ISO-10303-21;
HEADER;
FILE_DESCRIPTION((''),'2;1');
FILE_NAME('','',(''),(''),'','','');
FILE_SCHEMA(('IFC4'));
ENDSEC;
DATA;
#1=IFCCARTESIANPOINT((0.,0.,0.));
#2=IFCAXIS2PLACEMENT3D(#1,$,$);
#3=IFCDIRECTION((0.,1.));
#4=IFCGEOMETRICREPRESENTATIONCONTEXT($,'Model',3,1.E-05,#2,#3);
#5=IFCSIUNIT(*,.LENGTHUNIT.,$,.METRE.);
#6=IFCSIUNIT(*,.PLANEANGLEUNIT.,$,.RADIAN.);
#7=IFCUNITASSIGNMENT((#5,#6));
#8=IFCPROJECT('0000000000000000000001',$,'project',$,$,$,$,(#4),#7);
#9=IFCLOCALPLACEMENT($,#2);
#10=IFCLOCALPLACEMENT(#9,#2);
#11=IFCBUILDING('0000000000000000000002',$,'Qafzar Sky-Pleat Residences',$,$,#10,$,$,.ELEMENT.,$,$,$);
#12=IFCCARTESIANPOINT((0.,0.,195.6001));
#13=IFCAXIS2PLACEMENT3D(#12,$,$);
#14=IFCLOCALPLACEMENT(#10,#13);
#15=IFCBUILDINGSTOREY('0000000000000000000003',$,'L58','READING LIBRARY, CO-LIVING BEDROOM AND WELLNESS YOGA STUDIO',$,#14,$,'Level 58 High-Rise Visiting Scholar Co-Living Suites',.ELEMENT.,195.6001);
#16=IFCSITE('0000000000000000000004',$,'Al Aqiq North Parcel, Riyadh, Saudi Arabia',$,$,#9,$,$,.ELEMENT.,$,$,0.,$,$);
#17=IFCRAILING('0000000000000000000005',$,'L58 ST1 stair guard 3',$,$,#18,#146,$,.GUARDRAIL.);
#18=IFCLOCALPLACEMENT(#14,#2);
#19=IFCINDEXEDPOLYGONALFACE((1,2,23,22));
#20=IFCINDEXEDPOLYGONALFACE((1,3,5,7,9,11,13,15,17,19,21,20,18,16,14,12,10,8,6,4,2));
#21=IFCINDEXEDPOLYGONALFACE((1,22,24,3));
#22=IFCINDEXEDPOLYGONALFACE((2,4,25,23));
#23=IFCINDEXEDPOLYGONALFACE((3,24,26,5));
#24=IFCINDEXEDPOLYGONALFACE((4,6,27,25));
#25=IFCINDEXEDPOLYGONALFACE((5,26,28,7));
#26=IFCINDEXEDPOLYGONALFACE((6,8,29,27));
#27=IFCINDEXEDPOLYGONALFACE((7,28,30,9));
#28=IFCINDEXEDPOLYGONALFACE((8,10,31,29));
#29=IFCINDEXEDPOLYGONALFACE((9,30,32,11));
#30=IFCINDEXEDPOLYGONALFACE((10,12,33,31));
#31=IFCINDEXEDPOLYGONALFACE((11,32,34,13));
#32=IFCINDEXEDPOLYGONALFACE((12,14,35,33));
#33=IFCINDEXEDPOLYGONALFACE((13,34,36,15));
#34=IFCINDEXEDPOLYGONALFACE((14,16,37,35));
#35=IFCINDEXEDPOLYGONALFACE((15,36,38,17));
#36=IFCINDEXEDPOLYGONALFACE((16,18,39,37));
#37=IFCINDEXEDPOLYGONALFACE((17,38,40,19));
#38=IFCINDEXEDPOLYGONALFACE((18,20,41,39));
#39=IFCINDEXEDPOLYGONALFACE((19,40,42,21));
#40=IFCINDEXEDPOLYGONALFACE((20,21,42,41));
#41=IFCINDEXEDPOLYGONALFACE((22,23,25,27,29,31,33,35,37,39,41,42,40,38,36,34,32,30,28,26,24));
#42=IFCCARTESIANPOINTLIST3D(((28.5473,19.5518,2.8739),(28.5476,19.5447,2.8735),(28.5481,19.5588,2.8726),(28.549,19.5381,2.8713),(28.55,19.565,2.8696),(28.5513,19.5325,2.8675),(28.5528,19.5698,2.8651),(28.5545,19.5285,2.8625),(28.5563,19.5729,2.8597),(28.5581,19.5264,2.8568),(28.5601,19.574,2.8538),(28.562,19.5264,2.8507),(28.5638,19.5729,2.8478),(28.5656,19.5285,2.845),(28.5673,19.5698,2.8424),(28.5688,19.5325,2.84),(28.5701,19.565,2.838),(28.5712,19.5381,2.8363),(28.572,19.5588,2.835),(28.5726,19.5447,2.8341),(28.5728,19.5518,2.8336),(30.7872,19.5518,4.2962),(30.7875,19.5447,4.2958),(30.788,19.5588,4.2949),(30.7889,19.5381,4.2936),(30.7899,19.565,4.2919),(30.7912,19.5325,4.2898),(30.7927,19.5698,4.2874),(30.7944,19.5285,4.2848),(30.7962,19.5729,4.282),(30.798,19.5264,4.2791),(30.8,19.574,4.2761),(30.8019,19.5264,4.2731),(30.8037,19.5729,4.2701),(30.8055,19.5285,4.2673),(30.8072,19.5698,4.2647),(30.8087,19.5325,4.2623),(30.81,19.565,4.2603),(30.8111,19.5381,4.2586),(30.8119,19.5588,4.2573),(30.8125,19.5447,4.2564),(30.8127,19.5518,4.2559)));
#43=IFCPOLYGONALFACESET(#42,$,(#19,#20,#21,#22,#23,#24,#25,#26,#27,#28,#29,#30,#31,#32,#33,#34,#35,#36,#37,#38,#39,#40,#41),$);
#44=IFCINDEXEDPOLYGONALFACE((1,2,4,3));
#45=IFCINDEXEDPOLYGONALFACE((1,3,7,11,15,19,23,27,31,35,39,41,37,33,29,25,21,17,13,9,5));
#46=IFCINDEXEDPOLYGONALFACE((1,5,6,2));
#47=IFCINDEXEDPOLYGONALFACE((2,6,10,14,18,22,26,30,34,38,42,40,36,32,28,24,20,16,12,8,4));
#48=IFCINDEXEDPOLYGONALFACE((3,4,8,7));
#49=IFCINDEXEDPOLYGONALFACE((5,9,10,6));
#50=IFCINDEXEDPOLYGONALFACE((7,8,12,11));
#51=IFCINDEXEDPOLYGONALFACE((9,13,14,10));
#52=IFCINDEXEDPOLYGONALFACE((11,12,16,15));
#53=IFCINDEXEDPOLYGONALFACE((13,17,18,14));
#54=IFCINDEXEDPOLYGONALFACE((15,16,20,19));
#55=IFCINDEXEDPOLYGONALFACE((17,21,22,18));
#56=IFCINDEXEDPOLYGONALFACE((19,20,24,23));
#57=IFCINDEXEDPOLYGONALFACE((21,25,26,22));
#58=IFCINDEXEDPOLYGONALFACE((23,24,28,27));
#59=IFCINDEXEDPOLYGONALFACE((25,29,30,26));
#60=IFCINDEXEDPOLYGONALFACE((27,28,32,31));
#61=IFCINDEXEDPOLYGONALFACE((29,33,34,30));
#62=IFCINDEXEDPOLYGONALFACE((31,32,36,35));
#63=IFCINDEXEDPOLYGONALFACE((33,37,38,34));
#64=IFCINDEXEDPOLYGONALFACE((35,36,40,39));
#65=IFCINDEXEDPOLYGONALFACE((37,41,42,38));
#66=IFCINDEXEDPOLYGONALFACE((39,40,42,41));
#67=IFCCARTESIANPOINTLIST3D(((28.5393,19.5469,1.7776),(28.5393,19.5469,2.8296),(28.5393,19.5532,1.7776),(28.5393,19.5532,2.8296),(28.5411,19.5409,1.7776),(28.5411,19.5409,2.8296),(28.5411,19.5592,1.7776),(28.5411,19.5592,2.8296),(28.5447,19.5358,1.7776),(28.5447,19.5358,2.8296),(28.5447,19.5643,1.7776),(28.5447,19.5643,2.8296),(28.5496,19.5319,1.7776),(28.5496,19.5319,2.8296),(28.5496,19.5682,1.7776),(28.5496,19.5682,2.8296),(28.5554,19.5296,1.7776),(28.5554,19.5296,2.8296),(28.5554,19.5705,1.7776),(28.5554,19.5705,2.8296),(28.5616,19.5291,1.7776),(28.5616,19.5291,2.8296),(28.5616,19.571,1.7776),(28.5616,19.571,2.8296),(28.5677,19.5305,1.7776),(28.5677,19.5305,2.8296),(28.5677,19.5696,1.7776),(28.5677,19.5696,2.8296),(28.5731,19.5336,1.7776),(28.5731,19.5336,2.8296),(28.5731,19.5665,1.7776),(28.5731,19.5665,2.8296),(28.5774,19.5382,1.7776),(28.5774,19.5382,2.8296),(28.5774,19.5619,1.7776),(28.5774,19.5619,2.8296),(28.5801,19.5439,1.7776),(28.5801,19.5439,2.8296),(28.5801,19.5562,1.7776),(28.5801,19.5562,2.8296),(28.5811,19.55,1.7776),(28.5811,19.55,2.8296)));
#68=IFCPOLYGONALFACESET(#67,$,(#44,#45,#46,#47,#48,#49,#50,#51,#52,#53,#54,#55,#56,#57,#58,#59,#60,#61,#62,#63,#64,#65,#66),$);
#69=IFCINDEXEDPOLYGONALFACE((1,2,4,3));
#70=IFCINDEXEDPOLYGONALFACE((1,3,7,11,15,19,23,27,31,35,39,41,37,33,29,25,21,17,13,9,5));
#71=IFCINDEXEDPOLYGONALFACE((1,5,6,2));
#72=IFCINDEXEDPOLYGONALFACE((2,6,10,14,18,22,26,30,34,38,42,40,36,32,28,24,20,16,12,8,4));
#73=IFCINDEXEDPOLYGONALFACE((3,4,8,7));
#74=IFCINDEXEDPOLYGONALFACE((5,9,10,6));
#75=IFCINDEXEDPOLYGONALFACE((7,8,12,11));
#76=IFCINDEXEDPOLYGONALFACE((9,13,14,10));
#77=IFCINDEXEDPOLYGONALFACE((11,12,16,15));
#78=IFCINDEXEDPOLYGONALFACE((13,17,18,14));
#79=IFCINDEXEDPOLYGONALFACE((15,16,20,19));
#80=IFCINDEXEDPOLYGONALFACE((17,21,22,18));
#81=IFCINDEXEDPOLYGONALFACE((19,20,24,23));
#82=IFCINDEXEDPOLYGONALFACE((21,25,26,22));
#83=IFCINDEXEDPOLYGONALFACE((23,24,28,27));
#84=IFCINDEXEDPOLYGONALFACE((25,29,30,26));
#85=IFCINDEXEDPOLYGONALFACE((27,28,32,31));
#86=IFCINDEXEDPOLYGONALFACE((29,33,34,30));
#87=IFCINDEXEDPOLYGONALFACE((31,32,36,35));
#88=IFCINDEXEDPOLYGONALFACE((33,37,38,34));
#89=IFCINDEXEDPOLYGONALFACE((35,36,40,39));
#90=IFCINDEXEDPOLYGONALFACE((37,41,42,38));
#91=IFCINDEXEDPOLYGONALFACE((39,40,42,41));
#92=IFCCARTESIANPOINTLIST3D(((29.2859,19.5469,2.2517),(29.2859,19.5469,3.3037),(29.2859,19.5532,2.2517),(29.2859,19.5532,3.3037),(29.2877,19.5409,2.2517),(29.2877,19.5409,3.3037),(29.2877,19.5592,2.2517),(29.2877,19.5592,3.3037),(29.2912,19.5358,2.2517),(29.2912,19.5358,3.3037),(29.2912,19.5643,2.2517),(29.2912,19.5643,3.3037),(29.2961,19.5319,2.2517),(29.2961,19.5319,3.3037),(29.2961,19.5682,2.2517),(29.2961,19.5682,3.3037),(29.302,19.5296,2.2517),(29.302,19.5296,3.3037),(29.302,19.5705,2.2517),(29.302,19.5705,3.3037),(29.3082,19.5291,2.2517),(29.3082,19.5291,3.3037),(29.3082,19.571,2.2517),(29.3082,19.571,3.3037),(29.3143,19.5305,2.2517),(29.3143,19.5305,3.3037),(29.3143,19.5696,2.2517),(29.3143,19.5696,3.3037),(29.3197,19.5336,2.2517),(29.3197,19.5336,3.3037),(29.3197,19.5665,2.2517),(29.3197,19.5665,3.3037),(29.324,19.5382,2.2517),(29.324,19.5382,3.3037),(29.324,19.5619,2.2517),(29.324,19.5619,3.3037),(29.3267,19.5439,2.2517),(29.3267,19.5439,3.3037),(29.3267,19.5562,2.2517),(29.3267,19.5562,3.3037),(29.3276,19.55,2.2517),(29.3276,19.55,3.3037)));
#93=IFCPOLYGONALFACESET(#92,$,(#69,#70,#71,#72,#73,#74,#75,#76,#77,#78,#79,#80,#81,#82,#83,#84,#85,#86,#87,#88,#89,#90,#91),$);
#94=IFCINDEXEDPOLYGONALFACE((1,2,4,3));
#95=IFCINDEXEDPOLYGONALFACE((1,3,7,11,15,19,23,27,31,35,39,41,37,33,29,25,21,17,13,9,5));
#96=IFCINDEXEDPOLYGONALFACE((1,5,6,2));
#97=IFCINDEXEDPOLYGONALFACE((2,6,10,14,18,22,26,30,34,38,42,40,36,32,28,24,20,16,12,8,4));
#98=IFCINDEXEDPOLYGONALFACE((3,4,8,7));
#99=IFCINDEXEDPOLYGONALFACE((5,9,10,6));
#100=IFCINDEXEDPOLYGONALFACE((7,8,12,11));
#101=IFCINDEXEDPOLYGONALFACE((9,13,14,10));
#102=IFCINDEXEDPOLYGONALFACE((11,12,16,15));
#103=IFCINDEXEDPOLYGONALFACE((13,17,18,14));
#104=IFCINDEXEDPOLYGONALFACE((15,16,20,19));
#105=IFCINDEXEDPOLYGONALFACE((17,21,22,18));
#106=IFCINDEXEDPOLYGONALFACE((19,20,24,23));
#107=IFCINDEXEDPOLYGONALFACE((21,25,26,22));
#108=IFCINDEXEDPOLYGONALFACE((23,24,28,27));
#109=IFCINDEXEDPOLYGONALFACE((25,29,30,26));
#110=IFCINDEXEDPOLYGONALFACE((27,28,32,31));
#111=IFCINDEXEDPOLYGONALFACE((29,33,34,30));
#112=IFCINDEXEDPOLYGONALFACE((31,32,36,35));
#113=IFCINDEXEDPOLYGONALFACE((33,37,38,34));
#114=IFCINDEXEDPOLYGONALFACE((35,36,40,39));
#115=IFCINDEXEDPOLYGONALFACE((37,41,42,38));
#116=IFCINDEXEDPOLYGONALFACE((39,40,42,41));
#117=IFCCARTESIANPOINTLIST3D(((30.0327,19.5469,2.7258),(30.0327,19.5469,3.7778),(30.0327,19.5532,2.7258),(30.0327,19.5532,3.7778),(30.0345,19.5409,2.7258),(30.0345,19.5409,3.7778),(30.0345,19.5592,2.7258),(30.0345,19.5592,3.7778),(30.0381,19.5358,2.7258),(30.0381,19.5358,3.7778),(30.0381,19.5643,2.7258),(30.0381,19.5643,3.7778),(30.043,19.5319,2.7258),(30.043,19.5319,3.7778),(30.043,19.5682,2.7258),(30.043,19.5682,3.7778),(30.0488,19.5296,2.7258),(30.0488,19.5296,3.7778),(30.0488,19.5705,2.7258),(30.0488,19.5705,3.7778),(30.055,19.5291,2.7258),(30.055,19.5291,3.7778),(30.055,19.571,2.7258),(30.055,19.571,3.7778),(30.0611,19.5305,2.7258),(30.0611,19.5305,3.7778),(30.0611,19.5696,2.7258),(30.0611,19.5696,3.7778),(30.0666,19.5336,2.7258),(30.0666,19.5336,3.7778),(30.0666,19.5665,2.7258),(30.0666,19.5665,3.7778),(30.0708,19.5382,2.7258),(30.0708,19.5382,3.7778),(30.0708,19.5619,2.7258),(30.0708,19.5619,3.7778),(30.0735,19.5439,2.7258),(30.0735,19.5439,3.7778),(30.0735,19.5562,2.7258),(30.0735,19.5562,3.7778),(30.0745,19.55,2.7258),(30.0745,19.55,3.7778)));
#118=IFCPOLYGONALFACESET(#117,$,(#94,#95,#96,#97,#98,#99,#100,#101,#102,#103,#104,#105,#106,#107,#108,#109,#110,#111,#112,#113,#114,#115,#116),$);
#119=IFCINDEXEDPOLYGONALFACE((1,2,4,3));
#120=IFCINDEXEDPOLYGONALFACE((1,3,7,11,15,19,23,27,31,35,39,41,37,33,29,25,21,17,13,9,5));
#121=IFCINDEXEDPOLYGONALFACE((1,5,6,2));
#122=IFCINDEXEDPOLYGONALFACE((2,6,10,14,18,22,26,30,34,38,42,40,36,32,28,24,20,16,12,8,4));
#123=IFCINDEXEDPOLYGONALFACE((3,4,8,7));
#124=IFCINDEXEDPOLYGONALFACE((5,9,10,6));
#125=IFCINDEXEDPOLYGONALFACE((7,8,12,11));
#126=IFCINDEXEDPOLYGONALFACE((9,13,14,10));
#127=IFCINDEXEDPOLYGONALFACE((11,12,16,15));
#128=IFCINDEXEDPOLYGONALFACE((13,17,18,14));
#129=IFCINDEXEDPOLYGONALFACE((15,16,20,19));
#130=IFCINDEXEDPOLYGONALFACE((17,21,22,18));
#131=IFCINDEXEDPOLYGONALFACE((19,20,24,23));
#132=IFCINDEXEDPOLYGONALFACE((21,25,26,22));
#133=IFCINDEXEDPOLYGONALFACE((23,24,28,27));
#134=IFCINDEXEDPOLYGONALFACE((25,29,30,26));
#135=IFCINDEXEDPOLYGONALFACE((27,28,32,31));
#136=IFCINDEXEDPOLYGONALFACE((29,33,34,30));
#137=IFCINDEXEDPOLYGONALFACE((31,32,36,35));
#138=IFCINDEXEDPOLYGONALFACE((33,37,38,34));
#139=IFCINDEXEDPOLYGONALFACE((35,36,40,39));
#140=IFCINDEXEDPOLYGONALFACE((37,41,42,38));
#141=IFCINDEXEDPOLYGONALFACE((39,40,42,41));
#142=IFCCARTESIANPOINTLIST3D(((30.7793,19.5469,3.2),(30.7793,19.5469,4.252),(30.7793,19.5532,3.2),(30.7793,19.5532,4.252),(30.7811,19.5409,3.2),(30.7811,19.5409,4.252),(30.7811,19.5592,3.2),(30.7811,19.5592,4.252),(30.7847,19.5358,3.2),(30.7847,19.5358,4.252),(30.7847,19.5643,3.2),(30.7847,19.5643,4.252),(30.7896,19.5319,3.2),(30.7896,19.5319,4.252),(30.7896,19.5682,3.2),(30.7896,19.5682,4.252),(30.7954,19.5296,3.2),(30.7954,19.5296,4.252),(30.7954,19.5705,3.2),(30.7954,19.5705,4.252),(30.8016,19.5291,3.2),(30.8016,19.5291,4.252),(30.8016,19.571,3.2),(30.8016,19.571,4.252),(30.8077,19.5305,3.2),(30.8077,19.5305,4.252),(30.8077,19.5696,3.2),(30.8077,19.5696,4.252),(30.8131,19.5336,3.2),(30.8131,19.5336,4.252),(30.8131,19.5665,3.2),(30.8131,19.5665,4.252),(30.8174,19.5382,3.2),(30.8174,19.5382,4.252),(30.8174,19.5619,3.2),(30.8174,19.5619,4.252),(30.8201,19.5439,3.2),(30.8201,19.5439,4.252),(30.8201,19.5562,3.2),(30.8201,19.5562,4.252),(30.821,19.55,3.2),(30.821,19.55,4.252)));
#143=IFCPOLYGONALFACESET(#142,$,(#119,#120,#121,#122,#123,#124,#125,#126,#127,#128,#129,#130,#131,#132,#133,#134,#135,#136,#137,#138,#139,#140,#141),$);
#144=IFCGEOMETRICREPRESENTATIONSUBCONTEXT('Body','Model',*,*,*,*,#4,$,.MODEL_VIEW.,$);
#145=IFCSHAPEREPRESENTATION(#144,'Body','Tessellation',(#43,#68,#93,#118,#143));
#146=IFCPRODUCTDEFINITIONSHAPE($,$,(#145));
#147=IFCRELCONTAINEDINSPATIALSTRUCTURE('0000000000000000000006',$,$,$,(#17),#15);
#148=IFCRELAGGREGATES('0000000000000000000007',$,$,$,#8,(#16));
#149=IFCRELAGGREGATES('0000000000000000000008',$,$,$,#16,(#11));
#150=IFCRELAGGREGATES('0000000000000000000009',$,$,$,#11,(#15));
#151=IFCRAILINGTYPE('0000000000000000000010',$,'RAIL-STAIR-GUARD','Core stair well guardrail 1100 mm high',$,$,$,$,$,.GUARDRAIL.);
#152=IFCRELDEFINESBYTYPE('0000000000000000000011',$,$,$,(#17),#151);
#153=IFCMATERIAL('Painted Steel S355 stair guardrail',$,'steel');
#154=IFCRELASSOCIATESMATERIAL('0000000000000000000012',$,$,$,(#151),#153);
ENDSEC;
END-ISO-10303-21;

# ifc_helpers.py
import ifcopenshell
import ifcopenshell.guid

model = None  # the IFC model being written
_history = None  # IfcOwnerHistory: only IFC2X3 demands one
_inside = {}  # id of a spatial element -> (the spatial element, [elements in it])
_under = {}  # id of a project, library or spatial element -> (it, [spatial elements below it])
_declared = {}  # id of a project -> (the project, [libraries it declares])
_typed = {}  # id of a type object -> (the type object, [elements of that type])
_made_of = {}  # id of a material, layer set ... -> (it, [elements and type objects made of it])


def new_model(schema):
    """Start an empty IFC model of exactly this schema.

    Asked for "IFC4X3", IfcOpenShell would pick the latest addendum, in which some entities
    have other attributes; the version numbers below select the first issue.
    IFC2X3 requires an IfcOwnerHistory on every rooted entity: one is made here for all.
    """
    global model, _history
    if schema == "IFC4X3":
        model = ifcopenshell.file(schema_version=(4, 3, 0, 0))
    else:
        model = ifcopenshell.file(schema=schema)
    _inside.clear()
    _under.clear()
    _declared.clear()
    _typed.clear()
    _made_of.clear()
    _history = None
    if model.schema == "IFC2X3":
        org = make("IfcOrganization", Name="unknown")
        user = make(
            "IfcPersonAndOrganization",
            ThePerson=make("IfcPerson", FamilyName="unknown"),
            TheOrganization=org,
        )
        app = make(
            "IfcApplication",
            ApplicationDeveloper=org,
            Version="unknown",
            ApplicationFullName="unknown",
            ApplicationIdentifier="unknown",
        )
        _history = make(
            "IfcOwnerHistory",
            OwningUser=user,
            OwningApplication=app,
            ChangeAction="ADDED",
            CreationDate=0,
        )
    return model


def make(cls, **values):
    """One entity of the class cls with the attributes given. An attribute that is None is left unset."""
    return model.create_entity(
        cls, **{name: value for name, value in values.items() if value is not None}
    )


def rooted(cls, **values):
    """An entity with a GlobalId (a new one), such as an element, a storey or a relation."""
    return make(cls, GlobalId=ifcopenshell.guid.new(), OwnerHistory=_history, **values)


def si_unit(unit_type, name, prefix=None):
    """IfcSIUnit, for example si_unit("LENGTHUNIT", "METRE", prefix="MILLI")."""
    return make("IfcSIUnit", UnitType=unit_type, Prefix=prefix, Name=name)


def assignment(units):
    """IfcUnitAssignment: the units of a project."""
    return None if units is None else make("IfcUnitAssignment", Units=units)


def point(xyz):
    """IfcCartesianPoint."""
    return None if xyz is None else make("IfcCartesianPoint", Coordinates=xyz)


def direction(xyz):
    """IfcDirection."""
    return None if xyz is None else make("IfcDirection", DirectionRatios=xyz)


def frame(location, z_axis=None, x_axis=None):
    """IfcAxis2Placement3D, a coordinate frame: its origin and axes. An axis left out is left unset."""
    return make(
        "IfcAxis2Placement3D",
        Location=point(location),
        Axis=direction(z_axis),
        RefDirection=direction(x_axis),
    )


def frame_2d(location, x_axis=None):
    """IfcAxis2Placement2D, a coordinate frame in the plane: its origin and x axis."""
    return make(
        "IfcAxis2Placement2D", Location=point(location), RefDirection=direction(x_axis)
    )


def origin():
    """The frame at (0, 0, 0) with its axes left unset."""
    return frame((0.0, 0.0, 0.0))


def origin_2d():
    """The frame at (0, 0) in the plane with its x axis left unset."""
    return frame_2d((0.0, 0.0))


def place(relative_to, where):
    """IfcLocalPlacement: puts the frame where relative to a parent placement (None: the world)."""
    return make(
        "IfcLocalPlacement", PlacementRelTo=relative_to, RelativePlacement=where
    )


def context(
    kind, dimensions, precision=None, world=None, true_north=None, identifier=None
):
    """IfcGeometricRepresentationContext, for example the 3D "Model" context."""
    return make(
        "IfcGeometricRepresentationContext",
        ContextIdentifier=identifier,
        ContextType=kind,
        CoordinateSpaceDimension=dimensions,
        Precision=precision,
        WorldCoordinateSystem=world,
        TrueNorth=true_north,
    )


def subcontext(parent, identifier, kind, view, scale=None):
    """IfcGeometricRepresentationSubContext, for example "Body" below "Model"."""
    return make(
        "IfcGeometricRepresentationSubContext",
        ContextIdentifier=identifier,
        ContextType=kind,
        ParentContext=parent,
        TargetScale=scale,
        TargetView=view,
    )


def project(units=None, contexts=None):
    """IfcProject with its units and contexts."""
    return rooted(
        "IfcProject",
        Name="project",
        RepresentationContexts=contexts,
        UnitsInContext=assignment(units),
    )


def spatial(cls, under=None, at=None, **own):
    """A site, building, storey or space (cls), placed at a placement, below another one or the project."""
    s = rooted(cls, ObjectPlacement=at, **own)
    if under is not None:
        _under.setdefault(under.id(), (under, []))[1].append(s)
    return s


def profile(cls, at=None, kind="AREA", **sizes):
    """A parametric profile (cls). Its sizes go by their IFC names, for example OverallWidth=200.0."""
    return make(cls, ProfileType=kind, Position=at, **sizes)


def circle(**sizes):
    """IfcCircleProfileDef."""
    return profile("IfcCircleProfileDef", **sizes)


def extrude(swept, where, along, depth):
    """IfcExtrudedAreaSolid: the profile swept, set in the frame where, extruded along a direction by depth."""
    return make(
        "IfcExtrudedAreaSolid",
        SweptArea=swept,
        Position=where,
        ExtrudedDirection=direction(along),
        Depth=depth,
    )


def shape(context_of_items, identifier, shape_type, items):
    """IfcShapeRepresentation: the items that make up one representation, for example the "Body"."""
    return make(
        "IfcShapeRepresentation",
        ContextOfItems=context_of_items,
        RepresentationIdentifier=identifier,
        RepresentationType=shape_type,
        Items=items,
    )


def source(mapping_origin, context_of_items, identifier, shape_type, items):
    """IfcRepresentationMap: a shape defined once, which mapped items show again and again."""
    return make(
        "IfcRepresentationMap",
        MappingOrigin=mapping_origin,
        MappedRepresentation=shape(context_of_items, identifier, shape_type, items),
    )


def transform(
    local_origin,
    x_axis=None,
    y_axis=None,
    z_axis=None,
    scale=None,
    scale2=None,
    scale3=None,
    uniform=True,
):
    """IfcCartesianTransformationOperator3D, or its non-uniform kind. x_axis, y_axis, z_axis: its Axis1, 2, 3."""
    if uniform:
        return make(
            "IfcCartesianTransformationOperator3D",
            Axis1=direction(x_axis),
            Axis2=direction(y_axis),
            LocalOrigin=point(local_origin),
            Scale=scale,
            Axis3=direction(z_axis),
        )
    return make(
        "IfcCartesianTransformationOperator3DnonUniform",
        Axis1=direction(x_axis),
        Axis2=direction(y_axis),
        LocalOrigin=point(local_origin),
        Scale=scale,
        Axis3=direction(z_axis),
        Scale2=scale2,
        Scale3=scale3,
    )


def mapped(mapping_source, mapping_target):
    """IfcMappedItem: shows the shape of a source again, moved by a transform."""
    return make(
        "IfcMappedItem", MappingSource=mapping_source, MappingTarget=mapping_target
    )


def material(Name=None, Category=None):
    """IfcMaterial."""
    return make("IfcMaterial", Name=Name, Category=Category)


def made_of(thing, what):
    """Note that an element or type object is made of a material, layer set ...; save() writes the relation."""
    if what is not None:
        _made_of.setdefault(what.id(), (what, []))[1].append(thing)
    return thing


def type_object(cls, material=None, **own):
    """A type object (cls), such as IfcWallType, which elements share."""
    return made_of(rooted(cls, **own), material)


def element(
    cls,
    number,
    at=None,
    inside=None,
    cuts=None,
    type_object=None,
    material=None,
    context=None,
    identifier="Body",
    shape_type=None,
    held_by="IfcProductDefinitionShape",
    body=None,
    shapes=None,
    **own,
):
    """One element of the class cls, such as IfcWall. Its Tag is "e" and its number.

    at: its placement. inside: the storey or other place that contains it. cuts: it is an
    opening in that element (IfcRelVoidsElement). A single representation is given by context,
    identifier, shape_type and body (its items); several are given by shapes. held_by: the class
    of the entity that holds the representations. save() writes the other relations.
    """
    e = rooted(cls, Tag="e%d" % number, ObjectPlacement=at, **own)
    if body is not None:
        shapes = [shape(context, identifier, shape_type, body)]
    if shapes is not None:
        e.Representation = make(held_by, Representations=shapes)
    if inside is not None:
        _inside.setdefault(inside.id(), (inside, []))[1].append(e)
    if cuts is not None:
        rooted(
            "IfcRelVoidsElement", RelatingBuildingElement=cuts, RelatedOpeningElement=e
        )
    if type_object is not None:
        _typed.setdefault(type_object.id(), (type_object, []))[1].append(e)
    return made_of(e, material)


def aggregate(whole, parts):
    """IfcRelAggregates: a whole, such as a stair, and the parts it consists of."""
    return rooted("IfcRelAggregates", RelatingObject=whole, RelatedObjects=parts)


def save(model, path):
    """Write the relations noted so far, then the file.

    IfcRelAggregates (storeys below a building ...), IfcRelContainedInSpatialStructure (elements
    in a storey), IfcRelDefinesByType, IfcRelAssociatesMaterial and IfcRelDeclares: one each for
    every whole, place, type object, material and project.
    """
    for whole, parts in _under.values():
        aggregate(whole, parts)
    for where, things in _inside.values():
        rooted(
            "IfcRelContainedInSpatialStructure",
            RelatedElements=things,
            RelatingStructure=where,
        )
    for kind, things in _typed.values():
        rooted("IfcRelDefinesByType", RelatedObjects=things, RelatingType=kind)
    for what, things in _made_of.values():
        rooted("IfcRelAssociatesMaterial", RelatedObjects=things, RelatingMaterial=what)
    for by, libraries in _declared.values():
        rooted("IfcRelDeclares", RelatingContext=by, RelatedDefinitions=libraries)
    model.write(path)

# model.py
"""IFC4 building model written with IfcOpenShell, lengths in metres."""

from ifc_helpers import new_model, si_unit, direction, frame, origin, origin_2d, place, context, subcontext, project, spatial, circle, extrude, source, transform, mapped, material, type_object, element, save


model = new_model("IFC4")

# Units and contexts
model_context = context("Model", 3, precision=1e-05, world=origin(), true_north=direction((0.0, 1.0)))
body_context = subcontext(model_context, "Body", "Model", "MODEL_VIEW")
ifc_project = project(units=[si_unit("LENGTHUNIT", "METRE"), si_unit("PLANEANGLEUNIT", "RADIAN")], contexts=[model_context])

# Site, building, storey
site_placement = place(None, origin())
site = spatial("IfcSite", under=ifc_project, at=site_placement, Name="Al Aqiq North Parcel, Riyadh, Saudi Arabia", CompositionType="ELEMENT", RefElevation=0.0)
building_placement = place(site_placement, origin())
building = spatial("IfcBuilding", under=site, at=building_placement, Name="Qafzar Sky-Pleat Residences", CompositionType="ELEMENT")
storey_placement = place(building_placement, frame((0.0, 0.0, 195.6001)))
storey = spatial("IfcBuildingStorey", under=building, at=storey_placement, Name="L58", Description="READING LIBRARY, CO-LIVING BEDROOM AND WELLNESS YOGA STUDIO", LongName="Level 58 High-Rise Visiting Scholar Co-Living Suites", CompositionType="ELEMENT", Elevation=195.6001)

# Railing
ifc_material_1 = material(Name="Painted Steel S355 stair guardrail", Category="steel")
railing_type_1 = type_object("IfcRailingType", Name="RAIL-STAIR-GUARD", Description="Core stair well guardrail 1100 mm high", PredefinedType="GUARDRAIL", material=ifc_material_1)
shared_shape_1 = source(origin(), body_context, "Body", "SweptSolid", [
    extrude(circle(Radius=0.0239, at=origin_2d()), frame((0.0, 0.0, 1.0762), z_axis=(0.844188, 0.0, 0.536048), x_axis=(0.0, 1.0, 0.0)), (0.0, 0.0, 1.0), 2.6533),
    extrude(circle(Radius=0.021, at=origin_2d()), origin(), (0.0, 0.0, 1.0), 1.052),
    extrude(circle(Radius=0.021, at=origin_2d()), frame((0.7466, 0.0, 0.4741)), (0.0, 0.0, 1.0), 1.052),
    extrude(circle(Radius=0.021, at=origin_2d()), frame((1.4934, 0.0, 0.9482)), (0.0, 0.0, 1.0), 1.052),
    extrude(circle(Radius=0.021, at=origin_2d()), frame((2.24, 0.0, 1.4224)), (0.0, 0.0, 1.0), 1.052),
])
railing_1_placement = place(storey_placement, frame((28.5601, 19.55, 1.7776)))
element("IfcRailing", 1, at=railing_1_placement, inside=storey, type_object=railing_type_1, Name="L58 ST1 stair guard 3", PredefinedType="GUARDRAIL", context=body_context, shape_type="MappedRepresentation", body=[
    mapped(shared_shape_1, transform((0.0, 0.0, 0.0), x_axis=(1.0, 0.0, 0.0), y_axis=(0.0, 1.0, 0.0), z_axis=(0.0, 0.0, 1.0), scale=1.0)),
])

save(model, "model.ifc")
